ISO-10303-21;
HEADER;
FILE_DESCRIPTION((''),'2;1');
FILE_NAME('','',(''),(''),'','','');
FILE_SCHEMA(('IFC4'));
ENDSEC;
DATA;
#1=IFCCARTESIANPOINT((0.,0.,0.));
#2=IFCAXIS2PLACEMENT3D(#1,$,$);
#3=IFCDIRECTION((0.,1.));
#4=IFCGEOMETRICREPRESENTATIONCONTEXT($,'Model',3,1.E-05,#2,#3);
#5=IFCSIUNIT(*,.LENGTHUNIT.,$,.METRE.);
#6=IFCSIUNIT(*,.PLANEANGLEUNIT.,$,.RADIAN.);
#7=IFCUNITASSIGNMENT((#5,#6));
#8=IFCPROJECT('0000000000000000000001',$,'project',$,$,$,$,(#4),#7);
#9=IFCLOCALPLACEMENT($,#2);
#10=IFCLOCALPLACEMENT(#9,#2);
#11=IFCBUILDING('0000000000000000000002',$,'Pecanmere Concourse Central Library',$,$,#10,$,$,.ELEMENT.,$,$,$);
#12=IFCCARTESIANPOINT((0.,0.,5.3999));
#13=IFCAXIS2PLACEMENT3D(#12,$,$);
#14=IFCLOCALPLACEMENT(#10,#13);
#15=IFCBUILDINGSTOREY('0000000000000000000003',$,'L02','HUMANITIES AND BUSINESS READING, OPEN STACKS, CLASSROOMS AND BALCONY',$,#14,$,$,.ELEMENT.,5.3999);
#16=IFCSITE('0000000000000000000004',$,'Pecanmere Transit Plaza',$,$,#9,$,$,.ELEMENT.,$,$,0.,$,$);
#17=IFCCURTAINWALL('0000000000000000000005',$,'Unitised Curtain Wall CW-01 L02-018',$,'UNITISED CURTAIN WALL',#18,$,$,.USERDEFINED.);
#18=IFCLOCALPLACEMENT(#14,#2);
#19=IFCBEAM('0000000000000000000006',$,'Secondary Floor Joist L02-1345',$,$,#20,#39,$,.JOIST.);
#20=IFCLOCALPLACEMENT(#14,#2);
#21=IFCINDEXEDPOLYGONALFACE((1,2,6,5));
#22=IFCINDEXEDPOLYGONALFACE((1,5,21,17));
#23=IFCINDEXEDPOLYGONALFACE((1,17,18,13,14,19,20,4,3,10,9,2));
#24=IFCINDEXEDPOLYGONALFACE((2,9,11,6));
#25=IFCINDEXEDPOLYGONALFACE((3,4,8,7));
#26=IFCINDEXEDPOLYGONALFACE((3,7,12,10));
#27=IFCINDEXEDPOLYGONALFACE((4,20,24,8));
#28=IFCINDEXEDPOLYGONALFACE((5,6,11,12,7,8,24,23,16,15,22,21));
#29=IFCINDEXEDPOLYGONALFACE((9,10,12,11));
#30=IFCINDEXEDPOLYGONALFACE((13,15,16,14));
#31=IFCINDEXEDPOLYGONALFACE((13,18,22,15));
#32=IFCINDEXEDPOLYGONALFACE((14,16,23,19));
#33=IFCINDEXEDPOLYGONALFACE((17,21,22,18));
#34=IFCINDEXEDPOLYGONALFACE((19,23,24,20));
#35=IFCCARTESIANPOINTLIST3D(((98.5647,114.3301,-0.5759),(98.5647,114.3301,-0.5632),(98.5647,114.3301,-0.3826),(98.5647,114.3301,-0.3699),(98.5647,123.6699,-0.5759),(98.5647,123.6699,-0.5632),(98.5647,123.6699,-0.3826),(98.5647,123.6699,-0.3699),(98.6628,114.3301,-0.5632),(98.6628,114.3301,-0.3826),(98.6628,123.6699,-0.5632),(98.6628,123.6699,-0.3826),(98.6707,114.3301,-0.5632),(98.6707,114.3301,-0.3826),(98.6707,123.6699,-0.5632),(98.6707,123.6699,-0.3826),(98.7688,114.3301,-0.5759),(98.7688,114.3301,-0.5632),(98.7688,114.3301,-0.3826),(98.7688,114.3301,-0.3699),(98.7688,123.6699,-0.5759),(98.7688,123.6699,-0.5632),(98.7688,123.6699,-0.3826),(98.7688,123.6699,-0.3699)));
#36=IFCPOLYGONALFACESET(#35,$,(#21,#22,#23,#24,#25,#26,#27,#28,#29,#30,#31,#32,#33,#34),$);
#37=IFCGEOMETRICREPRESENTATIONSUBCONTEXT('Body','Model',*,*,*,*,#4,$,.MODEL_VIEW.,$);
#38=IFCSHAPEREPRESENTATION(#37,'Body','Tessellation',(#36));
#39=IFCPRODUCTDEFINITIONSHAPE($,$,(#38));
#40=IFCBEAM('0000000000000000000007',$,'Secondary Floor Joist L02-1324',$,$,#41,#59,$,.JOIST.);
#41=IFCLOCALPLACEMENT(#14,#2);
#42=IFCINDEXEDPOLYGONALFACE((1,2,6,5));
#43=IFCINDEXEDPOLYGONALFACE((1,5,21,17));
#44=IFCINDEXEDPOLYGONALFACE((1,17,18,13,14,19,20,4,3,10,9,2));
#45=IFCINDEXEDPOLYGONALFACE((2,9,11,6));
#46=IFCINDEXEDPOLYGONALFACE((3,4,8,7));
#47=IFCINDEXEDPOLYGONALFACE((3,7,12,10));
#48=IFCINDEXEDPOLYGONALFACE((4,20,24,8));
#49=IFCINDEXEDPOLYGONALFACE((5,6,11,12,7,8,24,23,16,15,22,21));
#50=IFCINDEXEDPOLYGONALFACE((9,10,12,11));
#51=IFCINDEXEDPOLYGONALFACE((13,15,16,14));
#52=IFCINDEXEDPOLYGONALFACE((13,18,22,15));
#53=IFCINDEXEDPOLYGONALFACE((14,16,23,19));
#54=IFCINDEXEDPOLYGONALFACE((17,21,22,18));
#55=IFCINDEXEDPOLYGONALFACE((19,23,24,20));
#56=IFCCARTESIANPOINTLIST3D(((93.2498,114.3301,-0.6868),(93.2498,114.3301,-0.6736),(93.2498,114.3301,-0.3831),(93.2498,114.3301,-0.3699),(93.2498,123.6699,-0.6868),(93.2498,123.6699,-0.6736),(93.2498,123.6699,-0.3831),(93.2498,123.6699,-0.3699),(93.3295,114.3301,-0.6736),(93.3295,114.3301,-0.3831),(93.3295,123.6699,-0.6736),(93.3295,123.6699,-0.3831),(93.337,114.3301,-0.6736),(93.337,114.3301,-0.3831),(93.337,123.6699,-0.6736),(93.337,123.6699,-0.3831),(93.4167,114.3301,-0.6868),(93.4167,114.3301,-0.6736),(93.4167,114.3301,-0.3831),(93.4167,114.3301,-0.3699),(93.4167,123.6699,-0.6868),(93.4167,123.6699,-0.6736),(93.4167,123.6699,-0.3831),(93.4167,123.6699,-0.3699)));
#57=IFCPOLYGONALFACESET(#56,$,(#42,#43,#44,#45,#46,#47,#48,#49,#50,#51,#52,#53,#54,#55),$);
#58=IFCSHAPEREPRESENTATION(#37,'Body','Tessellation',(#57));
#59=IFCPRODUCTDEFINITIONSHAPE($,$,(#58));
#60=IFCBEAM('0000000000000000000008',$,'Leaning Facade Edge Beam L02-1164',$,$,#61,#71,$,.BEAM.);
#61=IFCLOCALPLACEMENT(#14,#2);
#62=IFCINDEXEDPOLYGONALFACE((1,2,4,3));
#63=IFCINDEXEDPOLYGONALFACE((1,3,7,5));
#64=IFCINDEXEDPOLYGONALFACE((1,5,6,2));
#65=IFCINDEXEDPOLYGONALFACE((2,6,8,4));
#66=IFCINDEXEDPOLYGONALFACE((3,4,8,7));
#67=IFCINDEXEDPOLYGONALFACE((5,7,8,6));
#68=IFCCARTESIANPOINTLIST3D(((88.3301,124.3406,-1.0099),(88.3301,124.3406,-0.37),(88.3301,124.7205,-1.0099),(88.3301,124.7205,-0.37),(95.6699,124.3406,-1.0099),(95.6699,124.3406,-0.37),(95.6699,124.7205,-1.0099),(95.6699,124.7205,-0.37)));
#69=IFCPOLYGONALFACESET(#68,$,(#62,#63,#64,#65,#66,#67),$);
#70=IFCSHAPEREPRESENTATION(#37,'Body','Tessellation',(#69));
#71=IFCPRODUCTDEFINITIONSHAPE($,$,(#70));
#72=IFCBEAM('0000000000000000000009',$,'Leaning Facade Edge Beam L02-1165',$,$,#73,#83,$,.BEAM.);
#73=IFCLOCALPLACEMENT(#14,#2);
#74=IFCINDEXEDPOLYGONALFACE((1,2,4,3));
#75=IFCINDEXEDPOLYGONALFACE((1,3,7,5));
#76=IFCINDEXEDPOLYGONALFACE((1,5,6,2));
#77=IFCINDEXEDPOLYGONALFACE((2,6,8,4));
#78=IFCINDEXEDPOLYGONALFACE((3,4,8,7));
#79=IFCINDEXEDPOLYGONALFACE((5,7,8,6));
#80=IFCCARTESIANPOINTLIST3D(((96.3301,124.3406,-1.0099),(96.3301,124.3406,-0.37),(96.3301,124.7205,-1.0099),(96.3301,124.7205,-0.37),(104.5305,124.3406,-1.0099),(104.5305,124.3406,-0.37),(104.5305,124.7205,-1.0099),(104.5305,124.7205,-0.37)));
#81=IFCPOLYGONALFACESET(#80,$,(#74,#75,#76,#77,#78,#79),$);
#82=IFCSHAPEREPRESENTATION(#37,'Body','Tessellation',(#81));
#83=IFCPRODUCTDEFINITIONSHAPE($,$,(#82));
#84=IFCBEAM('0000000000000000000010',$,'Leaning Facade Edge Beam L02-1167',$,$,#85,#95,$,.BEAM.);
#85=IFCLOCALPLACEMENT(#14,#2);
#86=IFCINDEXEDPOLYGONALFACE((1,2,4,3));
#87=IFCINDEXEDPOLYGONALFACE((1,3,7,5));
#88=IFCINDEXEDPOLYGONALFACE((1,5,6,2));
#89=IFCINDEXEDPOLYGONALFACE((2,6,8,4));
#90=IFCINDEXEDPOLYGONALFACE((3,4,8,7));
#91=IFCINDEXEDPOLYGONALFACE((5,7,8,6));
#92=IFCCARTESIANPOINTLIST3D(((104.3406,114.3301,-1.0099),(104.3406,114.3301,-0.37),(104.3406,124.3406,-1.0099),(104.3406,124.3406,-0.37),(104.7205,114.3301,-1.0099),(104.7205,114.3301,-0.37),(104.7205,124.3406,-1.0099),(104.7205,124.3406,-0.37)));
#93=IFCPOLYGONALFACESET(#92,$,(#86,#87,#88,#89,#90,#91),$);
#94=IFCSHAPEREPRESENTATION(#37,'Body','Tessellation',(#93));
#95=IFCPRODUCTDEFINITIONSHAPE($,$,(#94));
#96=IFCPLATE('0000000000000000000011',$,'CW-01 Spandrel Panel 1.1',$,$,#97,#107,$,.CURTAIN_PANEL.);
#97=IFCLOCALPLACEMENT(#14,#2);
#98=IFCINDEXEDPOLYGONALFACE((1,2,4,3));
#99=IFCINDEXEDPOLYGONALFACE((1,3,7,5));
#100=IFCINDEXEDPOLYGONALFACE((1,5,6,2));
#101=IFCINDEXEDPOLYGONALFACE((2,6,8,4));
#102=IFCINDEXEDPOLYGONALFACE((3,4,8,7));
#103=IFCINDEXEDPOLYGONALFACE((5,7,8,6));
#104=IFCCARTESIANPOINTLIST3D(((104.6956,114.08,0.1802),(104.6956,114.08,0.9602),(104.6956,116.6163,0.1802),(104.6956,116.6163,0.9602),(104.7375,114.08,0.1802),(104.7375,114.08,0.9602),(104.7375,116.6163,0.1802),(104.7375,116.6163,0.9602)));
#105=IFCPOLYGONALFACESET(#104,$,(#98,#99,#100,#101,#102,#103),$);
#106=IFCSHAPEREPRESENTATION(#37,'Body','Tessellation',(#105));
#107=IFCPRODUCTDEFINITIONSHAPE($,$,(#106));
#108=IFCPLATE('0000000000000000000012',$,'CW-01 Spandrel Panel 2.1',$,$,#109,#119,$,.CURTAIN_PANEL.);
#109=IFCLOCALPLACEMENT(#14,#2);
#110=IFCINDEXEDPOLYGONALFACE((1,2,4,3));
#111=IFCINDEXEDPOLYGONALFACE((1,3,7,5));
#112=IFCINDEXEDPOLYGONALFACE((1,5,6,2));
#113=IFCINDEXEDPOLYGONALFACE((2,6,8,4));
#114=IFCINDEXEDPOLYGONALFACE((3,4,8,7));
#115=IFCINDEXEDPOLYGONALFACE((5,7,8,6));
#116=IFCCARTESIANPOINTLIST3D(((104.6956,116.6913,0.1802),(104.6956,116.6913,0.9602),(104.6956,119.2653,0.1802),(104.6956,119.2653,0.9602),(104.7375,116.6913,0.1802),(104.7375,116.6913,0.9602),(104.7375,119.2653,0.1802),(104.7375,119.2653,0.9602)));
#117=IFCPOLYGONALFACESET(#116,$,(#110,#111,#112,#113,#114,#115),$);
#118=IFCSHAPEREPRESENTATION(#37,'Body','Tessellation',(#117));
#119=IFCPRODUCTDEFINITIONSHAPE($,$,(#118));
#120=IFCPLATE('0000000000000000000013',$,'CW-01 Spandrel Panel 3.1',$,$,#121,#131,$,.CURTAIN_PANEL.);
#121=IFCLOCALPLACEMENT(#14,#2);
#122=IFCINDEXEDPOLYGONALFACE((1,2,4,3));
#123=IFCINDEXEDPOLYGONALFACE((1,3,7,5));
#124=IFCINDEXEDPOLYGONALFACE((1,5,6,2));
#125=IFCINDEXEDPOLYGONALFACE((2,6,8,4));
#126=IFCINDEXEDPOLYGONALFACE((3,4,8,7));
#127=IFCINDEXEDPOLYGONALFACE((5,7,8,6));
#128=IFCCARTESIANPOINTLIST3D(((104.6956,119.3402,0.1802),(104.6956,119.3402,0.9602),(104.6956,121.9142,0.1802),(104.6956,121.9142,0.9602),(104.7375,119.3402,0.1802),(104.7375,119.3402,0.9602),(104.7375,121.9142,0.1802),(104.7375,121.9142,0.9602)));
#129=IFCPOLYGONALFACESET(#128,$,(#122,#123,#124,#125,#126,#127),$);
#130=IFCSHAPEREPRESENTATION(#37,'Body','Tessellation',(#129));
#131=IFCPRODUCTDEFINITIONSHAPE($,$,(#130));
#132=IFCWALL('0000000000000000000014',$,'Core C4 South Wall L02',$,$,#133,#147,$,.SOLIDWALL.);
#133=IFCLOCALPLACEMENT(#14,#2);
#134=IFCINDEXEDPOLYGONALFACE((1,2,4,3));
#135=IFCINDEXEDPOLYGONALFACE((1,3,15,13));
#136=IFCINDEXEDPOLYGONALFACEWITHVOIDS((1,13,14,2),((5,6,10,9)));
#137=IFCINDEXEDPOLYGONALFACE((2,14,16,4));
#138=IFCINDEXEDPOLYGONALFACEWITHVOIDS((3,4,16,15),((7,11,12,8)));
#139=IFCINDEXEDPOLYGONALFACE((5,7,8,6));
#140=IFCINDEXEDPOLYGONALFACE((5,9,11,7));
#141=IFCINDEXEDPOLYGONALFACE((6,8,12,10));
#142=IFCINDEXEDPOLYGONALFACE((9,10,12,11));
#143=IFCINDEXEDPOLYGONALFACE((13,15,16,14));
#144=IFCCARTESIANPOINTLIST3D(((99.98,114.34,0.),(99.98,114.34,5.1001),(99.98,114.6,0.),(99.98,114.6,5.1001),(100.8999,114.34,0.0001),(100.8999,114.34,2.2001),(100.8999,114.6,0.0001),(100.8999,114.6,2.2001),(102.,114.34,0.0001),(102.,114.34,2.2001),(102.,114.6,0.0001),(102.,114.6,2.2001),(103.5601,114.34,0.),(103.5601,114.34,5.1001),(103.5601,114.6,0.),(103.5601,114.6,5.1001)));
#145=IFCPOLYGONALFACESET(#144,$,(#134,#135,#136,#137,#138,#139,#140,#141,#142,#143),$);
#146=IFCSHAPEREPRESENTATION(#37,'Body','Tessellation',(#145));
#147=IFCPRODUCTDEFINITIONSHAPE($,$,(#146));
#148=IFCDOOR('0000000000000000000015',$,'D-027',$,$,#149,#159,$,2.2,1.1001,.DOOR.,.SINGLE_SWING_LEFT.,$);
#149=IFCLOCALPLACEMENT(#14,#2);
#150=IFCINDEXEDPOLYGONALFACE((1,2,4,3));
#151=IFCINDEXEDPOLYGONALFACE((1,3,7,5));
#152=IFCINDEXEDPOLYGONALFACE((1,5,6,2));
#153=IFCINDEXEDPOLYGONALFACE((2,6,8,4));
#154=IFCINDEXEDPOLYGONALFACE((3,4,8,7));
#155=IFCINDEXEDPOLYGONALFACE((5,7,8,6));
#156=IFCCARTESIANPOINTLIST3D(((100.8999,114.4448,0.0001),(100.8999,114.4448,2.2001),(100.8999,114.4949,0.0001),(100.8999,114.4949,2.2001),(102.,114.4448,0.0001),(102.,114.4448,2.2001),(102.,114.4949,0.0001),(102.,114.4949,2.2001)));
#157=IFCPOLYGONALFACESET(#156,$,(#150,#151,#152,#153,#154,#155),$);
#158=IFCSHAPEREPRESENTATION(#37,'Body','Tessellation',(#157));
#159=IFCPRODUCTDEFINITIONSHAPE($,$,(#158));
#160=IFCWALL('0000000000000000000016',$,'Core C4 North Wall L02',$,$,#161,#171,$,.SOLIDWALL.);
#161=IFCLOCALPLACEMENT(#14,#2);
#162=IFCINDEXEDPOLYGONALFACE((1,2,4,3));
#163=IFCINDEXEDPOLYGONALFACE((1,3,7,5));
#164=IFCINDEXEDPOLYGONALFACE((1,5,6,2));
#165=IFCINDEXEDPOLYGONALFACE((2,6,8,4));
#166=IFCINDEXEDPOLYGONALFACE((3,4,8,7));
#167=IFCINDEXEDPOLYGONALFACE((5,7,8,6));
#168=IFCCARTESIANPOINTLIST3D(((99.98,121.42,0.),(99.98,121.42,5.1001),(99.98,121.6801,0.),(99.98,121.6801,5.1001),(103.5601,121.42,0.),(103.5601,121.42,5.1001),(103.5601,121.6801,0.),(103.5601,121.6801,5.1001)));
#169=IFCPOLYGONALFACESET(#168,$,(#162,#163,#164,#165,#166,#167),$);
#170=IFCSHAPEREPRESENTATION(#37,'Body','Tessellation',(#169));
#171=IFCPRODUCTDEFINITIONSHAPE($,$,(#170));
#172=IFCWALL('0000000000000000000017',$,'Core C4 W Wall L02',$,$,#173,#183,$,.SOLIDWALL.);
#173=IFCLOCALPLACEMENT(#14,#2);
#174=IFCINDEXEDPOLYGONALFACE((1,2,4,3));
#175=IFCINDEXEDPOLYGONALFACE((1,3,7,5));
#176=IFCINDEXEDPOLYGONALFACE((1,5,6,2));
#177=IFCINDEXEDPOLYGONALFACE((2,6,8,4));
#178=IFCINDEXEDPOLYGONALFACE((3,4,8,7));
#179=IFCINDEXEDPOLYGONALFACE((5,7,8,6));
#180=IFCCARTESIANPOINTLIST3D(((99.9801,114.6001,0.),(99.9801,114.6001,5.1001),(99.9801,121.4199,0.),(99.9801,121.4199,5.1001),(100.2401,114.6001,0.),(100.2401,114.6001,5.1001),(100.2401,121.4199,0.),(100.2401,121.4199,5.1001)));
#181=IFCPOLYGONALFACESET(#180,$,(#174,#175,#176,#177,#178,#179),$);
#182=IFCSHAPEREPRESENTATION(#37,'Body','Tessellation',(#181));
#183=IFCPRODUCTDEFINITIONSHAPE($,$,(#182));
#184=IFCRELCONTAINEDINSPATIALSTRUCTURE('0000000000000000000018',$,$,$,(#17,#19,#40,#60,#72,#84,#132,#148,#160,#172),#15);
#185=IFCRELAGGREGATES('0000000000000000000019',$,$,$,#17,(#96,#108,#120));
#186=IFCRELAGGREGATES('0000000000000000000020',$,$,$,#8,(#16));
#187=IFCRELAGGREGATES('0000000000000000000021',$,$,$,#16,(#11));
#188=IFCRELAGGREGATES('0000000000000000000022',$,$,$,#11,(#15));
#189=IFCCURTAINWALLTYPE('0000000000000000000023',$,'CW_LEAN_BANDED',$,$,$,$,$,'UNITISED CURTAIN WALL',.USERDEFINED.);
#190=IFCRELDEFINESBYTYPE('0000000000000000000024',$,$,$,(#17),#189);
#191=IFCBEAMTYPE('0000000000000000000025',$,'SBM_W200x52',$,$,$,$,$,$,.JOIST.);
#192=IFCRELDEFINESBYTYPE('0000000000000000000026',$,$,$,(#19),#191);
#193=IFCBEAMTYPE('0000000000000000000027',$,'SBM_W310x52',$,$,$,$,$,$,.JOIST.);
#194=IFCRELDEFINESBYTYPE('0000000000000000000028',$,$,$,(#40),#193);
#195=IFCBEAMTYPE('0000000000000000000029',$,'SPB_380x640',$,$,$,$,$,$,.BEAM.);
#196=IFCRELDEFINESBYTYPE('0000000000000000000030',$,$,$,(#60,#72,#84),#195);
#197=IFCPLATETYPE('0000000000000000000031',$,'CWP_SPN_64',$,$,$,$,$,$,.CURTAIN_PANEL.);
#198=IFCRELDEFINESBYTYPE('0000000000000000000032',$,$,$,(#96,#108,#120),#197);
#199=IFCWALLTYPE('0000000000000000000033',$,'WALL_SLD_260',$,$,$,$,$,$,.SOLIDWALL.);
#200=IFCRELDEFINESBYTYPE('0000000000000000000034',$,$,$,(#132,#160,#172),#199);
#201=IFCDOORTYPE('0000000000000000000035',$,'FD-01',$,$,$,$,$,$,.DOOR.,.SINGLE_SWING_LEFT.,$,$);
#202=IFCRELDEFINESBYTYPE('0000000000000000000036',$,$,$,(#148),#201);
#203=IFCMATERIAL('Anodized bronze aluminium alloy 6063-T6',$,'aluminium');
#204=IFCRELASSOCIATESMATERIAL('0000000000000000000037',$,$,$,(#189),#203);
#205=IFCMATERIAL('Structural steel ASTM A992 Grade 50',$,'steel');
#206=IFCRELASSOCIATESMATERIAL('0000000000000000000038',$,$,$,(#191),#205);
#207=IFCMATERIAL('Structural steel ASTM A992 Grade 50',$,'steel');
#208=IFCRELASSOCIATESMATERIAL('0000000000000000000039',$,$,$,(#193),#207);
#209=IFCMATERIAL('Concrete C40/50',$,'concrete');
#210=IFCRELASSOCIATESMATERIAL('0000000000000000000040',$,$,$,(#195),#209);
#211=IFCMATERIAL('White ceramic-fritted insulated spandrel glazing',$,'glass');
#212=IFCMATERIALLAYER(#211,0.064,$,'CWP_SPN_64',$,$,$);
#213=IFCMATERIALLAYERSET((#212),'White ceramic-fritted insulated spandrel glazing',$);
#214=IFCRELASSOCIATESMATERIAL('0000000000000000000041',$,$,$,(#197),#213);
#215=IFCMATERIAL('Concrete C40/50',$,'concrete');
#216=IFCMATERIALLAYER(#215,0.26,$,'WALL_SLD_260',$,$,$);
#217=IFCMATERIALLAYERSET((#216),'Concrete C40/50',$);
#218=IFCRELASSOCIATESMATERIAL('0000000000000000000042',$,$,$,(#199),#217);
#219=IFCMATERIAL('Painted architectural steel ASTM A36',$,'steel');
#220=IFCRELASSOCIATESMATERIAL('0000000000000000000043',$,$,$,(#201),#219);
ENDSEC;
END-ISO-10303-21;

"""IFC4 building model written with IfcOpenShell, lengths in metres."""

from ifc_helpers import new_model, si_unit, direction, frame, frame_2d, origin, origin_2d, place, context, subcontext, project, spatial, rectangle, i_section, extrude, material, layer, layer_set, material_profile, profile_set, type_object, element, fill, aggregate, save


model = new_model("IFC4")

# Units and contexts
model_context = context("Model", 3, precision=1e-05, world=origin(), true_north=direction((0.0, 1.0)))
body_context = subcontext(model_context, "Body", "Model", "MODEL_VIEW")
ifc_project = project(units=[si_unit("LENGTHUNIT", "METRE"), si_unit("PLANEANGLEUNIT", "RADIAN")], contexts=[model_context])

# Site, building, storey
site_placement = place(None, origin())
site = spatial("IfcSite", under=ifc_project, at=site_placement, Name="Pecanmere Transit Plaza", CompositionType="ELEMENT", RefElevation=0.0)
building_placement = place(site_placement, origin())
building = spatial("IfcBuilding", under=site, at=building_placement, Name="Pecanmere Concourse Central Library", CompositionType="ELEMENT")
storey_placement = place(building_placement, frame((0.0, 0.0, 5.3999)))
storey = spatial("IfcBuildingStorey", under=building, at=storey_placement, Name="L02", Description="HUMANITIES AND BUSINESS READING, OPEN STACKS, CLASSROOMS AND BALCONY", CompositionType="ELEMENT", Elevation=5.3999)

# Curtain wall
ifc_material_1 = material(Name="Anodized bronze aluminium alloy 6063-T6", Category="aluminium")
curtain_wall_type = type_object("IfcCurtainWallType", Name="CW_LEAN_BANDED", ElementType="UNITISED CURTAIN WALL", PredefinedType="USERDEFINED", material=ifc_material_1)
curtain_wall_placement = place(storey_placement, origin())
curtain_wall = element("IfcCurtainWall", 1, at=curtain_wall_placement, inside=storey, type_object=curtain_wall_type, Name="Unitised Curtain Wall CW-01 L02-018", ObjectType="UNITISED CURTAIN WALL", PredefinedType="USERDEFINED")

# Beams
ifc_material_2 = material(Name="Structural steel ASTM A992 Grade 50", Category="steel")
ifc_material_profile_1 = material_profile(ifc_material_2, i_section(OverallWidth=0.2041, OverallDepth=0.2061, WebThickness=0.0078, FlangeThickness=0.0127, at=origin_2d()), Name="W200x52")
ifc_profile_set_1 = profile_set([ifc_material_profile_1], Name="Structural steel ASTM A992 Grade 50")
beam_type_1 = type_object("IfcBeamType", Name="SBM_W200x52", PredefinedType="JOIST", material=ifc_profile_set_1)
beam_1_placement = place(storey_placement, frame((98.6667, 114.3301, -0.4729), z_axis=(0.0, 1.0, 0.0), x_axis=(-1.0, 0.0, 0.0)))
element("IfcBeam", 2, at=beam_1_placement, inside=storey, type_object=beam_type_1, Name="Secondary Floor Joist L02-1345", PredefinedType="JOIST", context=body_context, shape_type="SweptSolid", body=[
    extrude(i_section(OverallWidth=0.2041, OverallDepth=0.2061, WebThickness=0.0078, FlangeThickness=0.0127, at=origin_2d()), origin(), (0.0, 0.0, 1.0), 9.3398),
])
ifc_material_3 = material(Name="Structural steel ASTM A992 Grade 50", Category="steel")
ifc_material_profile_2 = material_profile(ifc_material_3, i_section(OverallWidth=0.167, OverallDepth=0.3169, WebThickness=0.0076, FlangeThickness=0.0132, at=origin_2d()), Name="W310x52")
ifc_profile_set_2 = profile_set([ifc_material_profile_2], Name="Structural steel ASTM A992 Grade 50")
beam_type_2 = type_object("IfcBeamType", Name="SBM_W310x52", PredefinedType="JOIST", material=ifc_profile_set_2)
beam_2_placement = place(storey_placement, frame((93.3333, 114.3301, -0.5283), z_axis=(0.0, 1.0, 0.0), x_axis=(-1.0, 0.0, 0.0)))
element("IfcBeam", 3, at=beam_2_placement, inside=storey, type_object=beam_type_2, Name="Secondary Floor Joist L02-1324", PredefinedType="JOIST", context=body_context, shape_type="SweptSolid", body=[
    extrude(i_section(OverallWidth=0.167, OverallDepth=0.3169, WebThickness=0.0076, FlangeThickness=0.0132, at=origin_2d()), origin(), (0.0, 0.0, 1.0), 9.3398),
])
ifc_material_4 = material(Name="Concrete C40/50", Category="concrete")
ifc_material_profile_3 = material_profile(ifc_material_4, rectangle(XDim=0.3799, YDim=0.6399, at=origin_2d()), Name="RC 380x640")
ifc_profile_set_3 = profile_set([ifc_material_profile_3], Name="Concrete C40/50")
beam_type_3 = type_object("IfcBeamType", Name="SPB_380x640", PredefinedType="BEAM", material=ifc_profile_set_3)
beam_3_placement = place(storey_placement, frame((88.3301, 124.5305, -0.6899), z_axis=(1.0, 0.0, 0.0), x_axis=(0.0, 1.0, 0.0)))
element("IfcBeam", 4, at=beam_3_placement, inside=storey, type_object=beam_type_3, Name="Leaning Facade Edge Beam L02-1164", PredefinedType="BEAM", context=body_context, shape_type="SweptSolid", body=[
    extrude(rectangle(XDim=0.3799, YDim=0.6399, at=origin_2d()), origin(), (0.0, 0.0, 1.0), 7.3398),
])
beam_4_placement = place(storey_placement, frame((96.3301, 124.5305, -0.6899), z_axis=(1.0, 0.0, 0.0), x_axis=(0.0, 1.0, 0.0)))
element("IfcBeam", 5, at=beam_4_placement, inside=storey, type_object=beam_type_3, Name="Leaning Facade Edge Beam L02-1165", PredefinedType="BEAM", context=body_context, shape_type="SweptSolid", body=[
    extrude(rectangle(XDim=0.3799, YDim=0.6399, at=origin_2d()), origin(), (0.0, 0.0, 1.0), 8.2004),
])
beam_5_placement = place(storey_placement, frame((104.5305, 114.3301, -0.6899), z_axis=(0.0, 1.0, 0.0), x_axis=(-1.0, 0.0, 0.0)))
element("IfcBeam", 6, at=beam_5_placement, inside=storey, type_object=beam_type_3, Name="Leaning Facade Edge Beam L02-1167", PredefinedType="BEAM", context=body_context, shape_type="SweptSolid", body=[
    extrude(rectangle(XDim=0.3799, YDim=0.6399, at=origin_2d()), origin(), (0.0, 0.0, 1.0), 10.0105),
])

# Plates
ifc_material_5 = material(Name="White ceramic-fritted insulated spandrel glazing", Category="glass")
ifc_layer_1 = layer(ifc_material_5, 0.064, Name="CWP_SPN_64")
ifc_layer_set_1 = layer_set([ifc_layer_1], Name="White ceramic-fritted insulated spandrel glazing")
plate_type = type_object("IfcPlateType", Name="CWP_SPN_64", PredefinedType="CURTAIN_PANEL", material=ifc_layer_set_1)
plate_1_placement = place(storey_placement, frame((104.7166, 115.3481, 0.1802), z_axis=(0.0, 0.0, 1.0), x_axis=(0.0, 1.0, 0.0)))
plate_1 = element("IfcPlate", 7, at=plate_1_placement, type_object=plate_type, Name="CW-01 Spandrel Panel 1.1", PredefinedType="CURTAIN_PANEL", context=body_context, shape_type="SweptSolid", body=[
    extrude(rectangle(XDim=2.5364, YDim=0.042, at=origin_2d()), origin(), (0.0, 0.0, 1.0), 0.78),
])
plate_2_placement = place(storey_placement, frame((104.7166, 117.9783, 0.1802), z_axis=(0.0, 0.0, 1.0), x_axis=(0.0, 1.0, 0.0)))
plate_2 = element("IfcPlate", 8, at=plate_2_placement, type_object=plate_type, Name="CW-01 Spandrel Panel 2.1", PredefinedType="CURTAIN_PANEL", context=body_context, shape_type="SweptSolid", body=[
    extrude(rectangle(XDim=2.574, YDim=0.042, at=origin_2d()), origin(), (0.0, 0.0, 1.0), 0.78),
])
plate_3_placement = place(storey_placement, frame((104.7166, 120.6272, 0.1802), z_axis=(0.0, 0.0, 1.0), x_axis=(0.0, 1.0, 0.0)))
plate_3 = element("IfcPlate", 9, at=plate_3_placement, type_object=plate_type, Name="CW-01 Spandrel Panel 3.1", PredefinedType="CURTAIN_PANEL", context=body_context, shape_type="SweptSolid", body=[
    extrude(rectangle(XDim=2.574, YDim=0.042, at=origin_2d()), origin(), (0.0, 0.0, 1.0), 0.78),
])
aggregate(curtain_wall, [plate_1, plate_2, plate_3])

# Wall, opening, door
ifc_material_6 = material(Name="Concrete C40/50", Category="concrete")
ifc_layer_2 = layer(ifc_material_6, 0.26, Name="WALL_SLD_260")
ifc_layer_set_2 = layer_set([ifc_layer_2], Name="Concrete C40/50")
wall_type = type_object("IfcWallType", Name="WALL_SLD_260", PredefinedType="SOLIDWALL", material=ifc_layer_set_2)
wall_1_placement = place(storey_placement, frame((99.98, 114.47, 0.0), z_axis=(0.0, 0.0, 1.0), x_axis=(1.0, 0.0, 0.0)))
wall_1 = element("IfcWall", 10, at=wall_1_placement, inside=storey, type_object=wall_type, Name="Core C4 South Wall L02", PredefinedType="SOLIDWALL", context=body_context, shape_type="SweptSolid", body=[
    extrude(rectangle(XDim=3.5801, YDim=0.26, at=frame_2d((1.79, 0.0))), origin(), (0.0, 0.0, 1.0), 5.1001),
])
opening_placement = place(wall_1_placement, frame((0.9199, 0.0, 0.0)))
opening = element("IfcOpeningElement", 11, at=opening_placement, cuts=wall_1, PredefinedType="OPENING", context=body_context, shape_type="SweptSolid", body=[
    extrude(rectangle(XDim=1.1001, YDim=2.2, at=frame_2d((0.55, 1.1001))), frame((0.0, 0.1421, 0.0), z_axis=(0.0, -1.0, 0.0), x_axis=(1.0, 0.0, 0.0)), (0.0, 0.0, 1.0), 0.2839),
])
ifc_material_7 = material(Name="Painted architectural steel ASTM A36", Category="steel")
door_type = type_object("IfcDoorType", Name="FD-01", OperationType="SINGLE_SWING_LEFT", PredefinedType="DOOR", material=ifc_material_7)
door_placement = place(opening_placement, origin())
door = element("IfcDoor", 12, at=door_placement, inside=storey, type_object=door_type, Name="D-027", OperationType="SINGLE_SWING_LEFT", OverallHeight=2.2, OverallWidth=1.1001, PredefinedType="DOOR", context=body_context, shape_type="SweptSolid", body=[
    extrude(rectangle(XDim=1.1001, YDim=2.2, at=frame_2d((0.55, 1.1001))), frame((0.0, 0.0249, 0.0), z_axis=(0.0, -1.0, 0.0), x_axis=(1.0, 0.0, 0.0)), (0.0, 0.0, 1.0), 0.05),
])
fill(opening, door)

# Walls
wall_2_placement = place(storey_placement, frame((99.98, 121.55, 0.0), z_axis=(0.0, 0.0, 1.0), x_axis=(1.0, 0.0, 0.0)))
element("IfcWall", 13, at=wall_2_placement, inside=storey, type_object=wall_type, Name="Core C4 North Wall L02", PredefinedType="SOLIDWALL", context=body_context, shape_type="SweptSolid", body=[
    extrude(rectangle(XDim=3.5801, YDim=0.26, at=frame_2d((1.79, 0.0))), origin(), (0.0, 0.0, 1.0), 5.1001),
])
for number, where, z_axis, x_axis, name in (
    (14, (100.1101, 114.6001, 0.0), (0.0, 0.0, 1.0), (0.0, 1.0, 0.0), "Core C4 W Wall L02"),
):
    element("IfcWall", number, at=place(storey_placement, frame(where, z_axis=z_axis, x_axis=x_axis)), inside=storey, type_object=wall_type, Name=name, PredefinedType="SOLIDWALL", context=body_context, shape_type="SweptSolid", body=[
        extrude(rectangle(XDim=6.8198, YDim=0.26, at=frame_2d((3.4099, 0.0))), origin(), (0.0, 0.0, 1.0), 5.1001),
    ])

save(model, "model.ifc")
